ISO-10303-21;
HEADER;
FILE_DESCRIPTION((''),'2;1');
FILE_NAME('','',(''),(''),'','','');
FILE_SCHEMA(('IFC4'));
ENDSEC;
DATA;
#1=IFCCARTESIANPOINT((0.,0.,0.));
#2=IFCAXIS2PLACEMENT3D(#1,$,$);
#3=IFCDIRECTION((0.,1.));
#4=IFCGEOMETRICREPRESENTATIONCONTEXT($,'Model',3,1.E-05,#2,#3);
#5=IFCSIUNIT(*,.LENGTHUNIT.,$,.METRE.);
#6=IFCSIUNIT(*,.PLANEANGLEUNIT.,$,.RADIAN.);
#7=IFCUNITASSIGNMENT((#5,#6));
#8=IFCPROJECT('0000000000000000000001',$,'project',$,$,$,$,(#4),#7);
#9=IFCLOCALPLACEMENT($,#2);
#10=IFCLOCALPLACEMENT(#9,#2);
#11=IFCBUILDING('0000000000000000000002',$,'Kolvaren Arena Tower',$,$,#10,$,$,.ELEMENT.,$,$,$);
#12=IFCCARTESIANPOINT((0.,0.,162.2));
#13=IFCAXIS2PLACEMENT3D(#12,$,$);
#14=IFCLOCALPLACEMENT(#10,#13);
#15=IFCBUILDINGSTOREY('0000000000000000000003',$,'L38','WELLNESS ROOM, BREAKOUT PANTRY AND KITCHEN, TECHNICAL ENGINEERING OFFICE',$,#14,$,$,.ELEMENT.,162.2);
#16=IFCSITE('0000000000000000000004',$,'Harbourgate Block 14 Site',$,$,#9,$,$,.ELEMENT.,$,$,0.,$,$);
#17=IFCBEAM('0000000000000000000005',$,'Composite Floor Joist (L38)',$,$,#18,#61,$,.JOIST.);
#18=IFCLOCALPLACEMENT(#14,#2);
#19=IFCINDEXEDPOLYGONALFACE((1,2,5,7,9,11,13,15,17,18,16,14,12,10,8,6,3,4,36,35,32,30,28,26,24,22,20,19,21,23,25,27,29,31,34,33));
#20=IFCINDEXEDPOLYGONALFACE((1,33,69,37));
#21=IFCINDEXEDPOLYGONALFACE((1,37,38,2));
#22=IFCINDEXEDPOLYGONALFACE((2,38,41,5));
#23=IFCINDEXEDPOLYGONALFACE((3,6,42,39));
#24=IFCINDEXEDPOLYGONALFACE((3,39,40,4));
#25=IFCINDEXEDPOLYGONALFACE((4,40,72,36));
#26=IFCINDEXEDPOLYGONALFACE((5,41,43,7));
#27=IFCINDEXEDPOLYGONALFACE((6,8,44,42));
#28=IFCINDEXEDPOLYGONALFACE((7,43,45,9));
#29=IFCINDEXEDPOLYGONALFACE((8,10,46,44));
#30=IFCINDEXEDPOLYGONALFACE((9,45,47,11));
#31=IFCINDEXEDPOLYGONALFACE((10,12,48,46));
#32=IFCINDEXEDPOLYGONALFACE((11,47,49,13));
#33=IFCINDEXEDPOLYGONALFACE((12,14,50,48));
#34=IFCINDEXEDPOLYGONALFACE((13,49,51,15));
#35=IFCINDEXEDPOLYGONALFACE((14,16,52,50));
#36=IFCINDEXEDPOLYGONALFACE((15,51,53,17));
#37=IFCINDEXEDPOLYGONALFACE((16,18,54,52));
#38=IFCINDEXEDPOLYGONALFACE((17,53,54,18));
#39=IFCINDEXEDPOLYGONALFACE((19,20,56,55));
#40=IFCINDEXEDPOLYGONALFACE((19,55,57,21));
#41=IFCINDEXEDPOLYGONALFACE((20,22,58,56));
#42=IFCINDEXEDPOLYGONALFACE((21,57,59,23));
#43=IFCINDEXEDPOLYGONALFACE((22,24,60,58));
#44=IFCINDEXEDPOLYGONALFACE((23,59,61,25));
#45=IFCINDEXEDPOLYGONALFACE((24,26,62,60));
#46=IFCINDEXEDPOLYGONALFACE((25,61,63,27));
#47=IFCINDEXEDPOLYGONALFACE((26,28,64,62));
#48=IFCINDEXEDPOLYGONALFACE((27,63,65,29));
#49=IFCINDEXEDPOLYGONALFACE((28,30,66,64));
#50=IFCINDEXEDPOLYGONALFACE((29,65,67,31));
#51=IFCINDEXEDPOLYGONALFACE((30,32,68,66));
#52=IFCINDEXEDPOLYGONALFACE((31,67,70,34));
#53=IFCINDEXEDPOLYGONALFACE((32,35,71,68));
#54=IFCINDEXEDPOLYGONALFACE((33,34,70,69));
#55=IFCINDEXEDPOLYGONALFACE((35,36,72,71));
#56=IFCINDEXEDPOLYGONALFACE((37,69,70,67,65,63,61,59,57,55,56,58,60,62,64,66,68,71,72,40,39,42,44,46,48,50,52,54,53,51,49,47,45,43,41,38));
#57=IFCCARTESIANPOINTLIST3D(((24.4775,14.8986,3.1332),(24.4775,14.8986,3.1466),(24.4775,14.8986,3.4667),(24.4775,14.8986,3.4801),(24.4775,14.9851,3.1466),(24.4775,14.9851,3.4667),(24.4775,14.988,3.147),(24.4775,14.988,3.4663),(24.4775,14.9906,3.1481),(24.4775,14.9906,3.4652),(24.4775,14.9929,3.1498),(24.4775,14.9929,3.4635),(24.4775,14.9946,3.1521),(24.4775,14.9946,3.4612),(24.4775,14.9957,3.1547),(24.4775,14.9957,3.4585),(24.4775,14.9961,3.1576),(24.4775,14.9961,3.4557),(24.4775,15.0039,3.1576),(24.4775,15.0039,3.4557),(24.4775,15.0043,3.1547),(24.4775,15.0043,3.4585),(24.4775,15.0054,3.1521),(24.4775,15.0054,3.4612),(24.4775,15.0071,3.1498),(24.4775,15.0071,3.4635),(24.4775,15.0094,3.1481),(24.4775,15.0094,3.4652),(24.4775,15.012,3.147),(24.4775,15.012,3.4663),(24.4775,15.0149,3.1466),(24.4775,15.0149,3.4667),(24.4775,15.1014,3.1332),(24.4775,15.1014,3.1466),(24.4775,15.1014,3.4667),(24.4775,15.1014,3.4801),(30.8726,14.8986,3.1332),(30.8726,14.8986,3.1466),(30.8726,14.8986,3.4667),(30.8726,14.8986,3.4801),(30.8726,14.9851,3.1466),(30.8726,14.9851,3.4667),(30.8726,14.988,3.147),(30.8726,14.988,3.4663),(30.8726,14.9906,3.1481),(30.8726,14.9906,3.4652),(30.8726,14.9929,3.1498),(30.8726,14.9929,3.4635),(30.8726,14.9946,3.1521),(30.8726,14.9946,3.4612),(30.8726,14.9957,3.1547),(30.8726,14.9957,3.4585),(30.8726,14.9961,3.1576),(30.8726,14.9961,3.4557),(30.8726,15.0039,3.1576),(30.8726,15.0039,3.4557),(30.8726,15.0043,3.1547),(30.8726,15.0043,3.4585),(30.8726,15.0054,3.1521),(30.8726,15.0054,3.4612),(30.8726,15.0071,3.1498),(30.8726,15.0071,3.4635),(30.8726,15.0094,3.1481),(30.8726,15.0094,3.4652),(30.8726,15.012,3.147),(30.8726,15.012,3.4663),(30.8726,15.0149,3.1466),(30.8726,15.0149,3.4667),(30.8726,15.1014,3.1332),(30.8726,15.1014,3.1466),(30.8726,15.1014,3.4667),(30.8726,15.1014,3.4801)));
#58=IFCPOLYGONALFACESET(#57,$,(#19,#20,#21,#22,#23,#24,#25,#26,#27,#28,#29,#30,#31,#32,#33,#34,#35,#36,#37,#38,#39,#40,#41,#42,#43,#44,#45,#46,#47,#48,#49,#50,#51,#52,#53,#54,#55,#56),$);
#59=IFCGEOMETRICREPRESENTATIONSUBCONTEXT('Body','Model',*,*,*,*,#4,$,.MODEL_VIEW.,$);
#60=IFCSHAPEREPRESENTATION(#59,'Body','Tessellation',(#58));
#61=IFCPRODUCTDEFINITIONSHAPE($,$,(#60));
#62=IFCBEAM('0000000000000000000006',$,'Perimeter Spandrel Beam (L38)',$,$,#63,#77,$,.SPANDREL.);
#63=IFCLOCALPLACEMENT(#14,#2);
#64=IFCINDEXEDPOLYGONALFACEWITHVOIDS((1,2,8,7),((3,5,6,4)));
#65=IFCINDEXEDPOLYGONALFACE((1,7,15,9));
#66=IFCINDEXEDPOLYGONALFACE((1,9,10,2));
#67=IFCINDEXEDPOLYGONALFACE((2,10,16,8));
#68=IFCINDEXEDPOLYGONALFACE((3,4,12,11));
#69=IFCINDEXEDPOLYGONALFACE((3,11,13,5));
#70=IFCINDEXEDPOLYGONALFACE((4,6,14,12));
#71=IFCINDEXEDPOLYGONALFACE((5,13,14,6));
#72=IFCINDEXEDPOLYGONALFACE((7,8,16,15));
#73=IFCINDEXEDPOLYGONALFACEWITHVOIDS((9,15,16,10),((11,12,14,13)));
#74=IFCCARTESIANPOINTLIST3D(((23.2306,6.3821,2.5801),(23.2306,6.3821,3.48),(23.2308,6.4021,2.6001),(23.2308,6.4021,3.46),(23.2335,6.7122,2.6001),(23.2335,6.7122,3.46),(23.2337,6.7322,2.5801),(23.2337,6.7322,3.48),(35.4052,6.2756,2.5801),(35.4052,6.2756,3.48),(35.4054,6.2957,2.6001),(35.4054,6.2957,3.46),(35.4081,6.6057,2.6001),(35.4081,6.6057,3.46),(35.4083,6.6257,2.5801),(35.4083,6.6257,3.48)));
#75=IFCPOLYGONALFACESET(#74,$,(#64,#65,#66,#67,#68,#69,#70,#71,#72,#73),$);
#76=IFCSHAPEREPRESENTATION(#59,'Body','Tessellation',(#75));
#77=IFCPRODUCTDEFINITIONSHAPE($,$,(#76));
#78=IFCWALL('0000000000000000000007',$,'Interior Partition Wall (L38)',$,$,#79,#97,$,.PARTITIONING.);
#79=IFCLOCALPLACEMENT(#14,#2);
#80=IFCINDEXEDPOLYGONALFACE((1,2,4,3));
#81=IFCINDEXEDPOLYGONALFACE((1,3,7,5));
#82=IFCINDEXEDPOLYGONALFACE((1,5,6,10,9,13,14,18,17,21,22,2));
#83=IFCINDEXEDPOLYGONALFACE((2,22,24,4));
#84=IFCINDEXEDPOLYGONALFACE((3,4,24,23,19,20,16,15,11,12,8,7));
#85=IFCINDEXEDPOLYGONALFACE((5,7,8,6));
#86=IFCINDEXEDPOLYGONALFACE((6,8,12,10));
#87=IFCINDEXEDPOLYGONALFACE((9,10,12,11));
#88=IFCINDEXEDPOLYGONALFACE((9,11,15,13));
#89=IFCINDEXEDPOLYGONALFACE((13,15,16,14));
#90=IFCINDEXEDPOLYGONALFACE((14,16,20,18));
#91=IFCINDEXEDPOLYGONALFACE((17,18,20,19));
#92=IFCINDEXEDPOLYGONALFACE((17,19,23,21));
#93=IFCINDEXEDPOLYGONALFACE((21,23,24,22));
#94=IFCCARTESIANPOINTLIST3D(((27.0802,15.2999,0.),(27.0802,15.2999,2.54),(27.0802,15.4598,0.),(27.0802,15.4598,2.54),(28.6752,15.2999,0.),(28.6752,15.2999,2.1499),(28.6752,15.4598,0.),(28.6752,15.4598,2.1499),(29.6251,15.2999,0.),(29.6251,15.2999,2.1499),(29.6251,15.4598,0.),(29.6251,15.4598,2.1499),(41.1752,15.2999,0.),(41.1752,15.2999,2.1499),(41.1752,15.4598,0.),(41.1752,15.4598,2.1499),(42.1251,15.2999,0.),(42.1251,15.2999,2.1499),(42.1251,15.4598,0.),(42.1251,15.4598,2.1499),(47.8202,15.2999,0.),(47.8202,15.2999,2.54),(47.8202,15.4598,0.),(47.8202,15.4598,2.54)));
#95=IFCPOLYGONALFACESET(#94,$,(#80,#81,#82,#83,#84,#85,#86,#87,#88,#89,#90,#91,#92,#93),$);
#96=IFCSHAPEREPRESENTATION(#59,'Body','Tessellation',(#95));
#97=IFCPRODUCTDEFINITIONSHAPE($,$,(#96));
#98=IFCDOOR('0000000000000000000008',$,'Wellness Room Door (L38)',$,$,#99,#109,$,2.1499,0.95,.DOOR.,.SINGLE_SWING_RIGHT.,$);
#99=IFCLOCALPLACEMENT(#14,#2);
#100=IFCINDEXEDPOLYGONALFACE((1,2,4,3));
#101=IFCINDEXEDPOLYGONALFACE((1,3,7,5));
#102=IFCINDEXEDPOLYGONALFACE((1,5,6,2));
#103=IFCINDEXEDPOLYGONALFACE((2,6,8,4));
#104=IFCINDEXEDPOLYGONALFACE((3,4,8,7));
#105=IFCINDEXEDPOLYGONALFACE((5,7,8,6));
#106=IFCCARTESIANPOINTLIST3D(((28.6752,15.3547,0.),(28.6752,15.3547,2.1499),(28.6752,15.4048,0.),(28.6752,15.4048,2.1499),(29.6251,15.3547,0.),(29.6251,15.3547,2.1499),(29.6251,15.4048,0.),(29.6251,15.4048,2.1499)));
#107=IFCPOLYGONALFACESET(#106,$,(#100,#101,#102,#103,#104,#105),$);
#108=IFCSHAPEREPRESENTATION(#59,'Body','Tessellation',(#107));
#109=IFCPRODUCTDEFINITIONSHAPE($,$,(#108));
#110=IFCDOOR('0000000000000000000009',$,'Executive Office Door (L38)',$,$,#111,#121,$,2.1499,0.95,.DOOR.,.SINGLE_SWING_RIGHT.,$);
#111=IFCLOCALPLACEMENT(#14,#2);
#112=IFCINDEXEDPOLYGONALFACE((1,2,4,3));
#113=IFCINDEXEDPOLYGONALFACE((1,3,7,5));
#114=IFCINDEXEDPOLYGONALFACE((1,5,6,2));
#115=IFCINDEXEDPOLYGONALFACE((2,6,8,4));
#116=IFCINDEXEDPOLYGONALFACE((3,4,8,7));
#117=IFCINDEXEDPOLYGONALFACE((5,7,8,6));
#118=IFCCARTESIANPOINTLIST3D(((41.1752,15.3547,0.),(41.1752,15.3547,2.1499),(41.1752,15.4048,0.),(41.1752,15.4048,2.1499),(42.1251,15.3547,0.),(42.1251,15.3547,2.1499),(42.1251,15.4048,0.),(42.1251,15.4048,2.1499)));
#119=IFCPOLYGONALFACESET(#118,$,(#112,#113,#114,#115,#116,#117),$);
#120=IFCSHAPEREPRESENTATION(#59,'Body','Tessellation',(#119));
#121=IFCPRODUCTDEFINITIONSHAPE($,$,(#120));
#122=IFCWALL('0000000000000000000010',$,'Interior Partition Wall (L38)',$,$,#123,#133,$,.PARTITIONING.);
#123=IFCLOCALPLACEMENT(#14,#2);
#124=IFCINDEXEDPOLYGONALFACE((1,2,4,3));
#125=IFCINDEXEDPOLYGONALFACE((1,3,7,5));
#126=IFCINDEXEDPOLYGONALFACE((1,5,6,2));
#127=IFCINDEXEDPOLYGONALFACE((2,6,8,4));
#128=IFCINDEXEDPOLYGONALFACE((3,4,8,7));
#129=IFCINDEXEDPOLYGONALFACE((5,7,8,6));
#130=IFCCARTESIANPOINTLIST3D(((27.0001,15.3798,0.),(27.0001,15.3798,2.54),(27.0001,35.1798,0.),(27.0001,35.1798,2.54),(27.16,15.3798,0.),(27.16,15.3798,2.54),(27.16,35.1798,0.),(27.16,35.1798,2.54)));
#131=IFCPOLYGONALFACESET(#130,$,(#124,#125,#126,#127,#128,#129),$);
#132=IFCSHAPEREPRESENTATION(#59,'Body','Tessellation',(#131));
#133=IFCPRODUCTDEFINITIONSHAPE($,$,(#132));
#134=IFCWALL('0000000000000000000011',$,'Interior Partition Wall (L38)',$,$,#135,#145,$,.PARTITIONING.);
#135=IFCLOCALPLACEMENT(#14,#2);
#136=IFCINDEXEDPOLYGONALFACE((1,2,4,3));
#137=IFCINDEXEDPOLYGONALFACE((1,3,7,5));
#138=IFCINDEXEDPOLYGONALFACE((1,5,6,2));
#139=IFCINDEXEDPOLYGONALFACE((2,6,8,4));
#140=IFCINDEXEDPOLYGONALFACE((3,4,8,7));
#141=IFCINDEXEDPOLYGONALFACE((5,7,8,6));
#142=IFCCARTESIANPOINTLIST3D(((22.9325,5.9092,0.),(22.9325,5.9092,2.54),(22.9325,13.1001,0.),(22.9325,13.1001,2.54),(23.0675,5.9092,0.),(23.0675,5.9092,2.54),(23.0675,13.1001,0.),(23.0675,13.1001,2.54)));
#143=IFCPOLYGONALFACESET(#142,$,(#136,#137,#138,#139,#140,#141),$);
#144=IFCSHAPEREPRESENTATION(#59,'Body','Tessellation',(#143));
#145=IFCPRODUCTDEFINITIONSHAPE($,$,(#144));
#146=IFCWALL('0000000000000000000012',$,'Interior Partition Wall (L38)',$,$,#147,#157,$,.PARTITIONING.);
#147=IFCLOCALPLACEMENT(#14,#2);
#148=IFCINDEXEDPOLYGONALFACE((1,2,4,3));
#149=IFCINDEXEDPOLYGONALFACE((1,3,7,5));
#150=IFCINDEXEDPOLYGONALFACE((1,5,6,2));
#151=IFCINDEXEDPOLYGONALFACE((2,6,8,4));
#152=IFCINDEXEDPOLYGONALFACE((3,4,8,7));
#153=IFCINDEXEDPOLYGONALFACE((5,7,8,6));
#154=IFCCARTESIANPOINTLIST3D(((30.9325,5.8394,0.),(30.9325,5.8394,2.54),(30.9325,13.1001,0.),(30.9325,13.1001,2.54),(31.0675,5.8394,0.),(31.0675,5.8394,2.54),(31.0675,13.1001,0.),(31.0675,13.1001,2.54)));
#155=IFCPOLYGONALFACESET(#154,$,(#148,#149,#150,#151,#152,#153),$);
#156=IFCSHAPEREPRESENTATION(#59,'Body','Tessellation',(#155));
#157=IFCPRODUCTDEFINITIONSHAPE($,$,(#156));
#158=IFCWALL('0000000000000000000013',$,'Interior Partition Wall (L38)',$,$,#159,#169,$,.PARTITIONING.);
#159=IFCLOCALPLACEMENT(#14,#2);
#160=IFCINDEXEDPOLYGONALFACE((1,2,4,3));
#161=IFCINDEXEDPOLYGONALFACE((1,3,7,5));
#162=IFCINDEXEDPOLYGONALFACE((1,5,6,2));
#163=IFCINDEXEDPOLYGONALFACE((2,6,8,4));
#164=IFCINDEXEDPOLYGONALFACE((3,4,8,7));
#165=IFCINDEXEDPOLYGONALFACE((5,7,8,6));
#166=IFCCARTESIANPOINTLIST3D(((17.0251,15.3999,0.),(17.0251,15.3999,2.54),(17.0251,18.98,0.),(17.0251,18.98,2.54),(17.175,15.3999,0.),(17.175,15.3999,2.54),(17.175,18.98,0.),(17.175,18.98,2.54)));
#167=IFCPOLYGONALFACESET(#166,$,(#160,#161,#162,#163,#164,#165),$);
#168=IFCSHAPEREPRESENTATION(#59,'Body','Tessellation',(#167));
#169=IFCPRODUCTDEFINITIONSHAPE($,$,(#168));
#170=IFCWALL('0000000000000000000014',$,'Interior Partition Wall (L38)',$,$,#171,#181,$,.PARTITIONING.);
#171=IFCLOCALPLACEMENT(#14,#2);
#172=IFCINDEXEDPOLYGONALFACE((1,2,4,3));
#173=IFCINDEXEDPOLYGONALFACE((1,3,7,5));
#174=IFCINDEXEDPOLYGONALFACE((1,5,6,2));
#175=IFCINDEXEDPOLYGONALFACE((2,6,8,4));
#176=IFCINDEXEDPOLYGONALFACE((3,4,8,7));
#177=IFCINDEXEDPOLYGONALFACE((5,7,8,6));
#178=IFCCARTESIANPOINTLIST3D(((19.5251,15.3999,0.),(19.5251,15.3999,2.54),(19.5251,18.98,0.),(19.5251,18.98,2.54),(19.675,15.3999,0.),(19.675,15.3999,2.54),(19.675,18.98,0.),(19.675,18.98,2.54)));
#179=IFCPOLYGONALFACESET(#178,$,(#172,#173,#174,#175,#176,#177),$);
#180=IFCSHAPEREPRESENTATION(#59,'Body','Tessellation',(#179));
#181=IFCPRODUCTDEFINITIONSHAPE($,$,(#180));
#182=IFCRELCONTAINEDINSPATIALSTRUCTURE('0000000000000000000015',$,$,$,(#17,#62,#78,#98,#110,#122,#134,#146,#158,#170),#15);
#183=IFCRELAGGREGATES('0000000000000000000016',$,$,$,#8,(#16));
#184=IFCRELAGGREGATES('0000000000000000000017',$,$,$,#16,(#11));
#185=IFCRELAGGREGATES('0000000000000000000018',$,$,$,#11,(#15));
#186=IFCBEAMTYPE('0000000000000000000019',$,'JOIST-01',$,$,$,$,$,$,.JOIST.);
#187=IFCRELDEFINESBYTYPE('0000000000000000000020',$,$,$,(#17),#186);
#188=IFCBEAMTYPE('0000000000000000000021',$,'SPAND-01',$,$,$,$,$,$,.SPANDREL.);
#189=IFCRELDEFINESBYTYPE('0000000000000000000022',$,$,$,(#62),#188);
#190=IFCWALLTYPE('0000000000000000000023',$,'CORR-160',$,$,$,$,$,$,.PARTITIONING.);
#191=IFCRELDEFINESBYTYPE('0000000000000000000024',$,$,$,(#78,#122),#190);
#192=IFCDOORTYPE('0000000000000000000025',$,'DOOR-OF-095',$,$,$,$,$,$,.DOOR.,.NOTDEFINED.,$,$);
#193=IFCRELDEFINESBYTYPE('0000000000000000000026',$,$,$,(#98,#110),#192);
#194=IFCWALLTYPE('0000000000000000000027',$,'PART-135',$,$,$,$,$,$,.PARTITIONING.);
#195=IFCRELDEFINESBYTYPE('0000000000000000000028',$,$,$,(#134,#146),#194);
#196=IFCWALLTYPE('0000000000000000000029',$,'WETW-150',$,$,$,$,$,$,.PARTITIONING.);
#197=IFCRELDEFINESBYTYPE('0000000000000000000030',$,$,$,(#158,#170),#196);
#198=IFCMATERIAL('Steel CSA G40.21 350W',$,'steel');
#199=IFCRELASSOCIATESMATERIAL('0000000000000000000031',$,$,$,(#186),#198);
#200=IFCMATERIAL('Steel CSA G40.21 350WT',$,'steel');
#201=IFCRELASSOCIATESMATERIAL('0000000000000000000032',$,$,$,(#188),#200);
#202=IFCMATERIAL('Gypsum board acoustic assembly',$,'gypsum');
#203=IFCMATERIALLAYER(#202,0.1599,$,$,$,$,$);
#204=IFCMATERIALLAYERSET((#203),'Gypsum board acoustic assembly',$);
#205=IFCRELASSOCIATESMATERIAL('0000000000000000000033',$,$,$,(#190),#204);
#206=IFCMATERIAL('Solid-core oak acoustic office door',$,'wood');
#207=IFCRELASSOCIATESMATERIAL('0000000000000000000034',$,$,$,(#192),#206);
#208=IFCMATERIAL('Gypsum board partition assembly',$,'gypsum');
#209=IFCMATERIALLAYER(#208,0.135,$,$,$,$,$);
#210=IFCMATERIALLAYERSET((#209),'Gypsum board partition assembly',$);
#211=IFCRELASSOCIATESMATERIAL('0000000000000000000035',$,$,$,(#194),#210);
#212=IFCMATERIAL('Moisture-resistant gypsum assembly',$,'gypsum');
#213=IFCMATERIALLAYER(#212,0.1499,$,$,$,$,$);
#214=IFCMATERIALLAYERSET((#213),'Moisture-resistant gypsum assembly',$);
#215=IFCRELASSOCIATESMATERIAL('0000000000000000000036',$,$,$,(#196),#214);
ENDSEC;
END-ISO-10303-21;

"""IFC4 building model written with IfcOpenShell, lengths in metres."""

from ifc_helpers import new_model, si_unit, direction, frame, frame_2d, origin, origin_2d, place, context, subcontext, project, spatial, rectangle, hollow_rectangle, i_section, extrude, material, layer, layer_set, material_profile, profile_set, type_object, element, fill, save


model = new_model("IFC4")

# Units and contexts
model_context = context("Model", 3, precision=1e-05, world=origin(), true_north=direction((0.0, 1.0)))
body_context = subcontext(model_context, "Body", "Model", "MODEL_VIEW")
ifc_project = project(units=[si_unit("LENGTHUNIT", "METRE"), si_unit("PLANEANGLEUNIT", "RADIAN")], contexts=[model_context])

# Site, building, storey
site_placement = place(None, origin())
site = spatial("IfcSite", under=ifc_project, at=site_placement, Name="Harbourgate Block 14 Site", CompositionType="ELEMENT", RefElevation=0.0)
building_placement = place(site_placement, origin())
building = spatial("IfcBuilding", under=site, at=building_placement, Name="Kolvaren Arena Tower", CompositionType="ELEMENT")
storey_placement = place(building_placement, frame((0.0, 0.0, 162.2)))
storey = spatial("IfcBuildingStorey", under=building, at=storey_placement, Name="L38", Description="WELLNESS ROOM, BREAKOUT PANTRY AND KITCHEN, TECHNICAL ENGINEERING OFFICE", CompositionType="ELEMENT", Elevation=162.2)

# Beams
ifc_material_1 = material(Name="Steel CSA G40.21 350W", Category="steel")
ifc_material_profile_1 = material_profile(ifc_material_1, i_section(OverallWidth=0.2029, OverallDepth=0.3469, WebThickness=0.0078, FlangeThickness=0.0134, FilletRadius=0.011, at=origin_2d()), Name="W360x64")
ifc_profile_set_1 = profile_set([ifc_material_profile_1], Name="Steel CSA G40.21 350W")
beam_type_1 = type_object("IfcBeamType", Name="JOIST-01", PredefinedType="JOIST", material=ifc_profile_set_1)
beam_1_placement = place(storey_placement, frame((24.4775, 15.0, 3.3066), z_axis=(1.0, 0.0, 0.0), x_axis=(0.0, 1.0, 0.0)))
element("IfcBeam", 1, at=beam_1_placement, inside=storey, type_object=beam_type_1, Name="Composite Floor Joist (L38)", PredefinedType="JOIST", context=body_context, shape_type="SweptSolid", body=[
    extrude(i_section(OverallWidth=0.2029, OverallDepth=0.3469, WebThickness=0.0078, FlangeThickness=0.0134, FilletRadius=0.011, at=origin_2d()), origin(), (0.0, 0.0, 1.0), 6.395),
])
ifc_material_2 = material(Name="Steel CSA G40.21 350WT", Category="steel")
ifc_material_profile_2 = material_profile(ifc_material_2, hollow_rectangle(XDim=0.3501, YDim=0.8999, WallThickness=0.02, at=origin_2d()), Name="HSS 900x350x20")
ifc_profile_set_2 = profile_set([ifc_material_profile_2], Name="Steel CSA G40.21 350WT")
beam_type_2 = type_object("IfcBeamType", Name="SPAND-01", PredefinedType="SPANDREL", material=ifc_profile_set_2)
beam_2_placement = place(storey_placement, frame((23.2322, 6.5571, 3.03), z_axis=(0.999962, -0.008743, 0.0), x_axis=(0.008743, 0.999962, 0.0)))
element("IfcBeam", 2, at=beam_2_placement, inside=storey, type_object=beam_type_2, Name="Perimeter Spandrel Beam (L38)", PredefinedType="SPANDREL", context=body_context, shape_type="SweptSolid", body=[
    extrude(hollow_rectangle(XDim=0.3501, YDim=0.8999, WallThickness=0.02, at=origin_2d()), origin(), (0.0, 0.0, 1.0), 12.175),
])

# Wall, openings, doors
ifc_material_3 = material(Name="Gypsum board acoustic assembly", Category="gypsum")
ifc_layer_1 = layer(ifc_material_3, 0.1599)
ifc_layer_set_1 = layer_set([ifc_layer_1], Name="Gypsum board acoustic assembly")
wall_type_1 = type_object("IfcWallType", Name="CORR-160", PredefinedType="PARTITIONING", material=ifc_layer_set_1)
wall_1_placement = place(storey_placement, frame((27.0801, 15.3799, 0.0), z_axis=(0.0, 0.0, 1.0), x_axis=(1.0, 0.0, 0.0)))
wall_1 = element("IfcWall", 3, at=wall_1_placement, inside=storey, type_object=wall_type_1, Name="Interior Partition Wall (L38)", PredefinedType="PARTITIONING", context=body_context, shape_type="SweptSolid", body=[
    extrude(rectangle(XDim=20.74, YDim=0.1599, at=frame_2d((10.3701, 0.0))), origin(), (0.0, 0.0, 1.0), 2.54),
])
opening_1_placement = place(wall_1_placement, frame((1.595, 0.0, 0.0)))
opening_1 = element("IfcOpeningElement", 4, at=opening_1_placement, cuts=wall_1, PredefinedType="OPENING", context=body_context, shape_type="SweptSolid", body=[
    extrude(rectangle(XDim=0.95, YDim=2.1499, at=frame_2d((0.4751, 1.075))), frame((0.0, 0.0898, 0.0), z_axis=(0.0, -1.0, 0.0), x_axis=(1.0, 0.0, 0.0)), (0.0, 0.0, 1.0), 0.1799),
])
opening_2_placement = place(wall_1_placement, frame((14.095, 0.0, 0.0)))
opening_2 = element("IfcOpeningElement", 5, at=opening_2_placement, cuts=wall_1, PredefinedType="OPENING", context=body_context, shape_type="SweptSolid", body=[
    extrude(rectangle(XDim=0.95, YDim=2.1499, at=frame_2d((0.4751, 1.075))), frame((0.0, 0.0898, 0.0), z_axis=(0.0, -1.0, 0.0), x_axis=(1.0, 0.0, 0.0)), (0.0, 0.0, 1.0), 0.1799),
])
ifc_material_4 = material(Name="Solid-core oak acoustic office door", Category="wood")
door_type = type_object("IfcDoorType", Name="DOOR-OF-095", OperationType="NOTDEFINED", PredefinedType="DOOR", material=ifc_material_4)
door_1_placement = place(opening_1_placement, origin())
door_1 = element("IfcDoor", 6, at=door_1_placement, inside=storey, type_object=door_type, Name="Wellness Room Door (L38)", OperationType="SINGLE_SWING_RIGHT", OverallHeight=2.1499, OverallWidth=0.95, PredefinedType="DOOR", context=body_context, shape_type="SweptSolid", body=[
    extrude(rectangle(XDim=0.95, YDim=2.1499, at=frame_2d((0.4751, 1.075))), frame((0.0, 0.0249, 0.0), z_axis=(0.0, -1.0, 0.0), x_axis=(1.0, 0.0, 0.0)), (0.0, 0.0, 1.0), 0.05),
])
fill(opening_1, door_1)
door_2_placement = place(opening_2_placement, origin())
door_2 = element("IfcDoor", 7, at=door_2_placement, inside=storey, type_object=door_type, Name="Executive Office Door (L38)", OperationType="SINGLE_SWING_RIGHT", OverallHeight=2.1499, OverallWidth=0.95, PredefinedType="DOOR", context=body_context, shape_type="SweptSolid", body=[
    extrude(rectangle(XDim=0.95, YDim=2.1499, at=frame_2d((0.4751, 1.075))), frame((0.0, 0.0249, 0.0), z_axis=(0.0, -1.0, 0.0), x_axis=(1.0, 0.0, 0.0)), (0.0, 0.0, 1.0), 0.05),
])
fill(opening_2, door_2)

# Walls
wall_2_placement = place(storey_placement, frame((27.0801, 15.3799, 0.0), z_axis=(0.0, 0.0, 1.0), x_axis=(0.0, 1.0, 0.0)))
element("IfcWall", 8, at=wall_2_placement, inside=storey, type_object=wall_type_1, Name="Interior Partition Wall (L38)", PredefinedType="PARTITIONING", context=body_context, shape_type="SweptSolid", body=[
    extrude(rectangle(XDim=19.8, YDim=0.1599, at=frame_2d((9.8999, 0.0))), origin(), (0.0, 0.0, 1.0), 2.54),
])
ifc_material_5 = material(Name="Gypsum board partition assembly", Category="gypsum")
ifc_layer_2 = layer(ifc_material_5, 0.135)
ifc_layer_set_2 = layer_set([ifc_layer_2], Name="Gypsum board partition assembly")
wall_type_2 = type_object("IfcWallType", Name="PART-135", PredefinedType="PARTITIONING", material=ifc_layer_set_2)
wall_3_placement = place(storey_placement, frame((23.0, 5.9092, 0.0), z_axis=(0.0, 0.0, 1.0), x_axis=(0.0, 1.0, 0.0)))
element("IfcWall", 9, at=wall_3_placement, inside=storey, type_object=wall_type_2, Name="Interior Partition Wall (L38)", PredefinedType="PARTITIONING", context=body_context, shape_type="SweptSolid", body=[
    extrude(rectangle(XDim=7.1909, YDim=0.135, at=frame_2d((3.5955, 0.0))), origin(), (0.0, 0.0, 1.0), 2.54),
])
wall_4_placement = place(storey_placement, frame((31.0, 5.8394, 0.0), z_axis=(0.0, 0.0, 1.0), x_axis=(0.0, 1.0, 0.0)))
element("IfcWall", 10, at=wall_4_placement, inside=storey, type_object=wall_type_2, Name="Interior Partition Wall (L38)", PredefinedType="PARTITIONING", context=body_context, shape_type="SweptSolid", body=[
    extrude(rectangle(XDim=7.2607, YDim=0.135, at=frame_2d((3.6304, 0.0))), origin(), (0.0, 0.0, 1.0), 2.54),
])
ifc_material_6 = material(Name="Moisture-resistant gypsum assembly", Category="gypsum")
ifc_layer_3 = layer(ifc_material_6, 0.1499)
ifc_layer_set_3 = layer_set([ifc_layer_3], Name="Moisture-resistant gypsum assembly")
wall_type_3 = type_object("IfcWallType", Name="WETW-150", PredefinedType="PARTITIONING", material=ifc_layer_set_3)
for number, where, z_axis, x_axis, name in (
    (11, (17.1001, 15.3999, 0.0), (0.0, 0.0, 1.0), (0.0, 1.0, 0.0), "Interior Partition Wall (L38)"),
    (12, (19.6001, 15.3999, 0.0), (0.0, 0.0, 1.0), (0.0, 1.0, 0.0), "Interior Partition Wall (L38)"),
):
    element("IfcWall", number, at=place(storey_placement, frame(where, z_axis=z_axis, x_axis=x_axis)), inside=storey, type_object=wall_type_3, Name=name, PredefinedType="PARTITIONING", context=body_context, shape_type="SweptSolid", body=[
        extrude(rectangle(XDim=3.5801, YDim=0.1499, at=frame_2d((1.79, 0.0))), origin(), (0.0, 0.0, 1.0), 2.54),
    ])

save(model, "model.ifc")
